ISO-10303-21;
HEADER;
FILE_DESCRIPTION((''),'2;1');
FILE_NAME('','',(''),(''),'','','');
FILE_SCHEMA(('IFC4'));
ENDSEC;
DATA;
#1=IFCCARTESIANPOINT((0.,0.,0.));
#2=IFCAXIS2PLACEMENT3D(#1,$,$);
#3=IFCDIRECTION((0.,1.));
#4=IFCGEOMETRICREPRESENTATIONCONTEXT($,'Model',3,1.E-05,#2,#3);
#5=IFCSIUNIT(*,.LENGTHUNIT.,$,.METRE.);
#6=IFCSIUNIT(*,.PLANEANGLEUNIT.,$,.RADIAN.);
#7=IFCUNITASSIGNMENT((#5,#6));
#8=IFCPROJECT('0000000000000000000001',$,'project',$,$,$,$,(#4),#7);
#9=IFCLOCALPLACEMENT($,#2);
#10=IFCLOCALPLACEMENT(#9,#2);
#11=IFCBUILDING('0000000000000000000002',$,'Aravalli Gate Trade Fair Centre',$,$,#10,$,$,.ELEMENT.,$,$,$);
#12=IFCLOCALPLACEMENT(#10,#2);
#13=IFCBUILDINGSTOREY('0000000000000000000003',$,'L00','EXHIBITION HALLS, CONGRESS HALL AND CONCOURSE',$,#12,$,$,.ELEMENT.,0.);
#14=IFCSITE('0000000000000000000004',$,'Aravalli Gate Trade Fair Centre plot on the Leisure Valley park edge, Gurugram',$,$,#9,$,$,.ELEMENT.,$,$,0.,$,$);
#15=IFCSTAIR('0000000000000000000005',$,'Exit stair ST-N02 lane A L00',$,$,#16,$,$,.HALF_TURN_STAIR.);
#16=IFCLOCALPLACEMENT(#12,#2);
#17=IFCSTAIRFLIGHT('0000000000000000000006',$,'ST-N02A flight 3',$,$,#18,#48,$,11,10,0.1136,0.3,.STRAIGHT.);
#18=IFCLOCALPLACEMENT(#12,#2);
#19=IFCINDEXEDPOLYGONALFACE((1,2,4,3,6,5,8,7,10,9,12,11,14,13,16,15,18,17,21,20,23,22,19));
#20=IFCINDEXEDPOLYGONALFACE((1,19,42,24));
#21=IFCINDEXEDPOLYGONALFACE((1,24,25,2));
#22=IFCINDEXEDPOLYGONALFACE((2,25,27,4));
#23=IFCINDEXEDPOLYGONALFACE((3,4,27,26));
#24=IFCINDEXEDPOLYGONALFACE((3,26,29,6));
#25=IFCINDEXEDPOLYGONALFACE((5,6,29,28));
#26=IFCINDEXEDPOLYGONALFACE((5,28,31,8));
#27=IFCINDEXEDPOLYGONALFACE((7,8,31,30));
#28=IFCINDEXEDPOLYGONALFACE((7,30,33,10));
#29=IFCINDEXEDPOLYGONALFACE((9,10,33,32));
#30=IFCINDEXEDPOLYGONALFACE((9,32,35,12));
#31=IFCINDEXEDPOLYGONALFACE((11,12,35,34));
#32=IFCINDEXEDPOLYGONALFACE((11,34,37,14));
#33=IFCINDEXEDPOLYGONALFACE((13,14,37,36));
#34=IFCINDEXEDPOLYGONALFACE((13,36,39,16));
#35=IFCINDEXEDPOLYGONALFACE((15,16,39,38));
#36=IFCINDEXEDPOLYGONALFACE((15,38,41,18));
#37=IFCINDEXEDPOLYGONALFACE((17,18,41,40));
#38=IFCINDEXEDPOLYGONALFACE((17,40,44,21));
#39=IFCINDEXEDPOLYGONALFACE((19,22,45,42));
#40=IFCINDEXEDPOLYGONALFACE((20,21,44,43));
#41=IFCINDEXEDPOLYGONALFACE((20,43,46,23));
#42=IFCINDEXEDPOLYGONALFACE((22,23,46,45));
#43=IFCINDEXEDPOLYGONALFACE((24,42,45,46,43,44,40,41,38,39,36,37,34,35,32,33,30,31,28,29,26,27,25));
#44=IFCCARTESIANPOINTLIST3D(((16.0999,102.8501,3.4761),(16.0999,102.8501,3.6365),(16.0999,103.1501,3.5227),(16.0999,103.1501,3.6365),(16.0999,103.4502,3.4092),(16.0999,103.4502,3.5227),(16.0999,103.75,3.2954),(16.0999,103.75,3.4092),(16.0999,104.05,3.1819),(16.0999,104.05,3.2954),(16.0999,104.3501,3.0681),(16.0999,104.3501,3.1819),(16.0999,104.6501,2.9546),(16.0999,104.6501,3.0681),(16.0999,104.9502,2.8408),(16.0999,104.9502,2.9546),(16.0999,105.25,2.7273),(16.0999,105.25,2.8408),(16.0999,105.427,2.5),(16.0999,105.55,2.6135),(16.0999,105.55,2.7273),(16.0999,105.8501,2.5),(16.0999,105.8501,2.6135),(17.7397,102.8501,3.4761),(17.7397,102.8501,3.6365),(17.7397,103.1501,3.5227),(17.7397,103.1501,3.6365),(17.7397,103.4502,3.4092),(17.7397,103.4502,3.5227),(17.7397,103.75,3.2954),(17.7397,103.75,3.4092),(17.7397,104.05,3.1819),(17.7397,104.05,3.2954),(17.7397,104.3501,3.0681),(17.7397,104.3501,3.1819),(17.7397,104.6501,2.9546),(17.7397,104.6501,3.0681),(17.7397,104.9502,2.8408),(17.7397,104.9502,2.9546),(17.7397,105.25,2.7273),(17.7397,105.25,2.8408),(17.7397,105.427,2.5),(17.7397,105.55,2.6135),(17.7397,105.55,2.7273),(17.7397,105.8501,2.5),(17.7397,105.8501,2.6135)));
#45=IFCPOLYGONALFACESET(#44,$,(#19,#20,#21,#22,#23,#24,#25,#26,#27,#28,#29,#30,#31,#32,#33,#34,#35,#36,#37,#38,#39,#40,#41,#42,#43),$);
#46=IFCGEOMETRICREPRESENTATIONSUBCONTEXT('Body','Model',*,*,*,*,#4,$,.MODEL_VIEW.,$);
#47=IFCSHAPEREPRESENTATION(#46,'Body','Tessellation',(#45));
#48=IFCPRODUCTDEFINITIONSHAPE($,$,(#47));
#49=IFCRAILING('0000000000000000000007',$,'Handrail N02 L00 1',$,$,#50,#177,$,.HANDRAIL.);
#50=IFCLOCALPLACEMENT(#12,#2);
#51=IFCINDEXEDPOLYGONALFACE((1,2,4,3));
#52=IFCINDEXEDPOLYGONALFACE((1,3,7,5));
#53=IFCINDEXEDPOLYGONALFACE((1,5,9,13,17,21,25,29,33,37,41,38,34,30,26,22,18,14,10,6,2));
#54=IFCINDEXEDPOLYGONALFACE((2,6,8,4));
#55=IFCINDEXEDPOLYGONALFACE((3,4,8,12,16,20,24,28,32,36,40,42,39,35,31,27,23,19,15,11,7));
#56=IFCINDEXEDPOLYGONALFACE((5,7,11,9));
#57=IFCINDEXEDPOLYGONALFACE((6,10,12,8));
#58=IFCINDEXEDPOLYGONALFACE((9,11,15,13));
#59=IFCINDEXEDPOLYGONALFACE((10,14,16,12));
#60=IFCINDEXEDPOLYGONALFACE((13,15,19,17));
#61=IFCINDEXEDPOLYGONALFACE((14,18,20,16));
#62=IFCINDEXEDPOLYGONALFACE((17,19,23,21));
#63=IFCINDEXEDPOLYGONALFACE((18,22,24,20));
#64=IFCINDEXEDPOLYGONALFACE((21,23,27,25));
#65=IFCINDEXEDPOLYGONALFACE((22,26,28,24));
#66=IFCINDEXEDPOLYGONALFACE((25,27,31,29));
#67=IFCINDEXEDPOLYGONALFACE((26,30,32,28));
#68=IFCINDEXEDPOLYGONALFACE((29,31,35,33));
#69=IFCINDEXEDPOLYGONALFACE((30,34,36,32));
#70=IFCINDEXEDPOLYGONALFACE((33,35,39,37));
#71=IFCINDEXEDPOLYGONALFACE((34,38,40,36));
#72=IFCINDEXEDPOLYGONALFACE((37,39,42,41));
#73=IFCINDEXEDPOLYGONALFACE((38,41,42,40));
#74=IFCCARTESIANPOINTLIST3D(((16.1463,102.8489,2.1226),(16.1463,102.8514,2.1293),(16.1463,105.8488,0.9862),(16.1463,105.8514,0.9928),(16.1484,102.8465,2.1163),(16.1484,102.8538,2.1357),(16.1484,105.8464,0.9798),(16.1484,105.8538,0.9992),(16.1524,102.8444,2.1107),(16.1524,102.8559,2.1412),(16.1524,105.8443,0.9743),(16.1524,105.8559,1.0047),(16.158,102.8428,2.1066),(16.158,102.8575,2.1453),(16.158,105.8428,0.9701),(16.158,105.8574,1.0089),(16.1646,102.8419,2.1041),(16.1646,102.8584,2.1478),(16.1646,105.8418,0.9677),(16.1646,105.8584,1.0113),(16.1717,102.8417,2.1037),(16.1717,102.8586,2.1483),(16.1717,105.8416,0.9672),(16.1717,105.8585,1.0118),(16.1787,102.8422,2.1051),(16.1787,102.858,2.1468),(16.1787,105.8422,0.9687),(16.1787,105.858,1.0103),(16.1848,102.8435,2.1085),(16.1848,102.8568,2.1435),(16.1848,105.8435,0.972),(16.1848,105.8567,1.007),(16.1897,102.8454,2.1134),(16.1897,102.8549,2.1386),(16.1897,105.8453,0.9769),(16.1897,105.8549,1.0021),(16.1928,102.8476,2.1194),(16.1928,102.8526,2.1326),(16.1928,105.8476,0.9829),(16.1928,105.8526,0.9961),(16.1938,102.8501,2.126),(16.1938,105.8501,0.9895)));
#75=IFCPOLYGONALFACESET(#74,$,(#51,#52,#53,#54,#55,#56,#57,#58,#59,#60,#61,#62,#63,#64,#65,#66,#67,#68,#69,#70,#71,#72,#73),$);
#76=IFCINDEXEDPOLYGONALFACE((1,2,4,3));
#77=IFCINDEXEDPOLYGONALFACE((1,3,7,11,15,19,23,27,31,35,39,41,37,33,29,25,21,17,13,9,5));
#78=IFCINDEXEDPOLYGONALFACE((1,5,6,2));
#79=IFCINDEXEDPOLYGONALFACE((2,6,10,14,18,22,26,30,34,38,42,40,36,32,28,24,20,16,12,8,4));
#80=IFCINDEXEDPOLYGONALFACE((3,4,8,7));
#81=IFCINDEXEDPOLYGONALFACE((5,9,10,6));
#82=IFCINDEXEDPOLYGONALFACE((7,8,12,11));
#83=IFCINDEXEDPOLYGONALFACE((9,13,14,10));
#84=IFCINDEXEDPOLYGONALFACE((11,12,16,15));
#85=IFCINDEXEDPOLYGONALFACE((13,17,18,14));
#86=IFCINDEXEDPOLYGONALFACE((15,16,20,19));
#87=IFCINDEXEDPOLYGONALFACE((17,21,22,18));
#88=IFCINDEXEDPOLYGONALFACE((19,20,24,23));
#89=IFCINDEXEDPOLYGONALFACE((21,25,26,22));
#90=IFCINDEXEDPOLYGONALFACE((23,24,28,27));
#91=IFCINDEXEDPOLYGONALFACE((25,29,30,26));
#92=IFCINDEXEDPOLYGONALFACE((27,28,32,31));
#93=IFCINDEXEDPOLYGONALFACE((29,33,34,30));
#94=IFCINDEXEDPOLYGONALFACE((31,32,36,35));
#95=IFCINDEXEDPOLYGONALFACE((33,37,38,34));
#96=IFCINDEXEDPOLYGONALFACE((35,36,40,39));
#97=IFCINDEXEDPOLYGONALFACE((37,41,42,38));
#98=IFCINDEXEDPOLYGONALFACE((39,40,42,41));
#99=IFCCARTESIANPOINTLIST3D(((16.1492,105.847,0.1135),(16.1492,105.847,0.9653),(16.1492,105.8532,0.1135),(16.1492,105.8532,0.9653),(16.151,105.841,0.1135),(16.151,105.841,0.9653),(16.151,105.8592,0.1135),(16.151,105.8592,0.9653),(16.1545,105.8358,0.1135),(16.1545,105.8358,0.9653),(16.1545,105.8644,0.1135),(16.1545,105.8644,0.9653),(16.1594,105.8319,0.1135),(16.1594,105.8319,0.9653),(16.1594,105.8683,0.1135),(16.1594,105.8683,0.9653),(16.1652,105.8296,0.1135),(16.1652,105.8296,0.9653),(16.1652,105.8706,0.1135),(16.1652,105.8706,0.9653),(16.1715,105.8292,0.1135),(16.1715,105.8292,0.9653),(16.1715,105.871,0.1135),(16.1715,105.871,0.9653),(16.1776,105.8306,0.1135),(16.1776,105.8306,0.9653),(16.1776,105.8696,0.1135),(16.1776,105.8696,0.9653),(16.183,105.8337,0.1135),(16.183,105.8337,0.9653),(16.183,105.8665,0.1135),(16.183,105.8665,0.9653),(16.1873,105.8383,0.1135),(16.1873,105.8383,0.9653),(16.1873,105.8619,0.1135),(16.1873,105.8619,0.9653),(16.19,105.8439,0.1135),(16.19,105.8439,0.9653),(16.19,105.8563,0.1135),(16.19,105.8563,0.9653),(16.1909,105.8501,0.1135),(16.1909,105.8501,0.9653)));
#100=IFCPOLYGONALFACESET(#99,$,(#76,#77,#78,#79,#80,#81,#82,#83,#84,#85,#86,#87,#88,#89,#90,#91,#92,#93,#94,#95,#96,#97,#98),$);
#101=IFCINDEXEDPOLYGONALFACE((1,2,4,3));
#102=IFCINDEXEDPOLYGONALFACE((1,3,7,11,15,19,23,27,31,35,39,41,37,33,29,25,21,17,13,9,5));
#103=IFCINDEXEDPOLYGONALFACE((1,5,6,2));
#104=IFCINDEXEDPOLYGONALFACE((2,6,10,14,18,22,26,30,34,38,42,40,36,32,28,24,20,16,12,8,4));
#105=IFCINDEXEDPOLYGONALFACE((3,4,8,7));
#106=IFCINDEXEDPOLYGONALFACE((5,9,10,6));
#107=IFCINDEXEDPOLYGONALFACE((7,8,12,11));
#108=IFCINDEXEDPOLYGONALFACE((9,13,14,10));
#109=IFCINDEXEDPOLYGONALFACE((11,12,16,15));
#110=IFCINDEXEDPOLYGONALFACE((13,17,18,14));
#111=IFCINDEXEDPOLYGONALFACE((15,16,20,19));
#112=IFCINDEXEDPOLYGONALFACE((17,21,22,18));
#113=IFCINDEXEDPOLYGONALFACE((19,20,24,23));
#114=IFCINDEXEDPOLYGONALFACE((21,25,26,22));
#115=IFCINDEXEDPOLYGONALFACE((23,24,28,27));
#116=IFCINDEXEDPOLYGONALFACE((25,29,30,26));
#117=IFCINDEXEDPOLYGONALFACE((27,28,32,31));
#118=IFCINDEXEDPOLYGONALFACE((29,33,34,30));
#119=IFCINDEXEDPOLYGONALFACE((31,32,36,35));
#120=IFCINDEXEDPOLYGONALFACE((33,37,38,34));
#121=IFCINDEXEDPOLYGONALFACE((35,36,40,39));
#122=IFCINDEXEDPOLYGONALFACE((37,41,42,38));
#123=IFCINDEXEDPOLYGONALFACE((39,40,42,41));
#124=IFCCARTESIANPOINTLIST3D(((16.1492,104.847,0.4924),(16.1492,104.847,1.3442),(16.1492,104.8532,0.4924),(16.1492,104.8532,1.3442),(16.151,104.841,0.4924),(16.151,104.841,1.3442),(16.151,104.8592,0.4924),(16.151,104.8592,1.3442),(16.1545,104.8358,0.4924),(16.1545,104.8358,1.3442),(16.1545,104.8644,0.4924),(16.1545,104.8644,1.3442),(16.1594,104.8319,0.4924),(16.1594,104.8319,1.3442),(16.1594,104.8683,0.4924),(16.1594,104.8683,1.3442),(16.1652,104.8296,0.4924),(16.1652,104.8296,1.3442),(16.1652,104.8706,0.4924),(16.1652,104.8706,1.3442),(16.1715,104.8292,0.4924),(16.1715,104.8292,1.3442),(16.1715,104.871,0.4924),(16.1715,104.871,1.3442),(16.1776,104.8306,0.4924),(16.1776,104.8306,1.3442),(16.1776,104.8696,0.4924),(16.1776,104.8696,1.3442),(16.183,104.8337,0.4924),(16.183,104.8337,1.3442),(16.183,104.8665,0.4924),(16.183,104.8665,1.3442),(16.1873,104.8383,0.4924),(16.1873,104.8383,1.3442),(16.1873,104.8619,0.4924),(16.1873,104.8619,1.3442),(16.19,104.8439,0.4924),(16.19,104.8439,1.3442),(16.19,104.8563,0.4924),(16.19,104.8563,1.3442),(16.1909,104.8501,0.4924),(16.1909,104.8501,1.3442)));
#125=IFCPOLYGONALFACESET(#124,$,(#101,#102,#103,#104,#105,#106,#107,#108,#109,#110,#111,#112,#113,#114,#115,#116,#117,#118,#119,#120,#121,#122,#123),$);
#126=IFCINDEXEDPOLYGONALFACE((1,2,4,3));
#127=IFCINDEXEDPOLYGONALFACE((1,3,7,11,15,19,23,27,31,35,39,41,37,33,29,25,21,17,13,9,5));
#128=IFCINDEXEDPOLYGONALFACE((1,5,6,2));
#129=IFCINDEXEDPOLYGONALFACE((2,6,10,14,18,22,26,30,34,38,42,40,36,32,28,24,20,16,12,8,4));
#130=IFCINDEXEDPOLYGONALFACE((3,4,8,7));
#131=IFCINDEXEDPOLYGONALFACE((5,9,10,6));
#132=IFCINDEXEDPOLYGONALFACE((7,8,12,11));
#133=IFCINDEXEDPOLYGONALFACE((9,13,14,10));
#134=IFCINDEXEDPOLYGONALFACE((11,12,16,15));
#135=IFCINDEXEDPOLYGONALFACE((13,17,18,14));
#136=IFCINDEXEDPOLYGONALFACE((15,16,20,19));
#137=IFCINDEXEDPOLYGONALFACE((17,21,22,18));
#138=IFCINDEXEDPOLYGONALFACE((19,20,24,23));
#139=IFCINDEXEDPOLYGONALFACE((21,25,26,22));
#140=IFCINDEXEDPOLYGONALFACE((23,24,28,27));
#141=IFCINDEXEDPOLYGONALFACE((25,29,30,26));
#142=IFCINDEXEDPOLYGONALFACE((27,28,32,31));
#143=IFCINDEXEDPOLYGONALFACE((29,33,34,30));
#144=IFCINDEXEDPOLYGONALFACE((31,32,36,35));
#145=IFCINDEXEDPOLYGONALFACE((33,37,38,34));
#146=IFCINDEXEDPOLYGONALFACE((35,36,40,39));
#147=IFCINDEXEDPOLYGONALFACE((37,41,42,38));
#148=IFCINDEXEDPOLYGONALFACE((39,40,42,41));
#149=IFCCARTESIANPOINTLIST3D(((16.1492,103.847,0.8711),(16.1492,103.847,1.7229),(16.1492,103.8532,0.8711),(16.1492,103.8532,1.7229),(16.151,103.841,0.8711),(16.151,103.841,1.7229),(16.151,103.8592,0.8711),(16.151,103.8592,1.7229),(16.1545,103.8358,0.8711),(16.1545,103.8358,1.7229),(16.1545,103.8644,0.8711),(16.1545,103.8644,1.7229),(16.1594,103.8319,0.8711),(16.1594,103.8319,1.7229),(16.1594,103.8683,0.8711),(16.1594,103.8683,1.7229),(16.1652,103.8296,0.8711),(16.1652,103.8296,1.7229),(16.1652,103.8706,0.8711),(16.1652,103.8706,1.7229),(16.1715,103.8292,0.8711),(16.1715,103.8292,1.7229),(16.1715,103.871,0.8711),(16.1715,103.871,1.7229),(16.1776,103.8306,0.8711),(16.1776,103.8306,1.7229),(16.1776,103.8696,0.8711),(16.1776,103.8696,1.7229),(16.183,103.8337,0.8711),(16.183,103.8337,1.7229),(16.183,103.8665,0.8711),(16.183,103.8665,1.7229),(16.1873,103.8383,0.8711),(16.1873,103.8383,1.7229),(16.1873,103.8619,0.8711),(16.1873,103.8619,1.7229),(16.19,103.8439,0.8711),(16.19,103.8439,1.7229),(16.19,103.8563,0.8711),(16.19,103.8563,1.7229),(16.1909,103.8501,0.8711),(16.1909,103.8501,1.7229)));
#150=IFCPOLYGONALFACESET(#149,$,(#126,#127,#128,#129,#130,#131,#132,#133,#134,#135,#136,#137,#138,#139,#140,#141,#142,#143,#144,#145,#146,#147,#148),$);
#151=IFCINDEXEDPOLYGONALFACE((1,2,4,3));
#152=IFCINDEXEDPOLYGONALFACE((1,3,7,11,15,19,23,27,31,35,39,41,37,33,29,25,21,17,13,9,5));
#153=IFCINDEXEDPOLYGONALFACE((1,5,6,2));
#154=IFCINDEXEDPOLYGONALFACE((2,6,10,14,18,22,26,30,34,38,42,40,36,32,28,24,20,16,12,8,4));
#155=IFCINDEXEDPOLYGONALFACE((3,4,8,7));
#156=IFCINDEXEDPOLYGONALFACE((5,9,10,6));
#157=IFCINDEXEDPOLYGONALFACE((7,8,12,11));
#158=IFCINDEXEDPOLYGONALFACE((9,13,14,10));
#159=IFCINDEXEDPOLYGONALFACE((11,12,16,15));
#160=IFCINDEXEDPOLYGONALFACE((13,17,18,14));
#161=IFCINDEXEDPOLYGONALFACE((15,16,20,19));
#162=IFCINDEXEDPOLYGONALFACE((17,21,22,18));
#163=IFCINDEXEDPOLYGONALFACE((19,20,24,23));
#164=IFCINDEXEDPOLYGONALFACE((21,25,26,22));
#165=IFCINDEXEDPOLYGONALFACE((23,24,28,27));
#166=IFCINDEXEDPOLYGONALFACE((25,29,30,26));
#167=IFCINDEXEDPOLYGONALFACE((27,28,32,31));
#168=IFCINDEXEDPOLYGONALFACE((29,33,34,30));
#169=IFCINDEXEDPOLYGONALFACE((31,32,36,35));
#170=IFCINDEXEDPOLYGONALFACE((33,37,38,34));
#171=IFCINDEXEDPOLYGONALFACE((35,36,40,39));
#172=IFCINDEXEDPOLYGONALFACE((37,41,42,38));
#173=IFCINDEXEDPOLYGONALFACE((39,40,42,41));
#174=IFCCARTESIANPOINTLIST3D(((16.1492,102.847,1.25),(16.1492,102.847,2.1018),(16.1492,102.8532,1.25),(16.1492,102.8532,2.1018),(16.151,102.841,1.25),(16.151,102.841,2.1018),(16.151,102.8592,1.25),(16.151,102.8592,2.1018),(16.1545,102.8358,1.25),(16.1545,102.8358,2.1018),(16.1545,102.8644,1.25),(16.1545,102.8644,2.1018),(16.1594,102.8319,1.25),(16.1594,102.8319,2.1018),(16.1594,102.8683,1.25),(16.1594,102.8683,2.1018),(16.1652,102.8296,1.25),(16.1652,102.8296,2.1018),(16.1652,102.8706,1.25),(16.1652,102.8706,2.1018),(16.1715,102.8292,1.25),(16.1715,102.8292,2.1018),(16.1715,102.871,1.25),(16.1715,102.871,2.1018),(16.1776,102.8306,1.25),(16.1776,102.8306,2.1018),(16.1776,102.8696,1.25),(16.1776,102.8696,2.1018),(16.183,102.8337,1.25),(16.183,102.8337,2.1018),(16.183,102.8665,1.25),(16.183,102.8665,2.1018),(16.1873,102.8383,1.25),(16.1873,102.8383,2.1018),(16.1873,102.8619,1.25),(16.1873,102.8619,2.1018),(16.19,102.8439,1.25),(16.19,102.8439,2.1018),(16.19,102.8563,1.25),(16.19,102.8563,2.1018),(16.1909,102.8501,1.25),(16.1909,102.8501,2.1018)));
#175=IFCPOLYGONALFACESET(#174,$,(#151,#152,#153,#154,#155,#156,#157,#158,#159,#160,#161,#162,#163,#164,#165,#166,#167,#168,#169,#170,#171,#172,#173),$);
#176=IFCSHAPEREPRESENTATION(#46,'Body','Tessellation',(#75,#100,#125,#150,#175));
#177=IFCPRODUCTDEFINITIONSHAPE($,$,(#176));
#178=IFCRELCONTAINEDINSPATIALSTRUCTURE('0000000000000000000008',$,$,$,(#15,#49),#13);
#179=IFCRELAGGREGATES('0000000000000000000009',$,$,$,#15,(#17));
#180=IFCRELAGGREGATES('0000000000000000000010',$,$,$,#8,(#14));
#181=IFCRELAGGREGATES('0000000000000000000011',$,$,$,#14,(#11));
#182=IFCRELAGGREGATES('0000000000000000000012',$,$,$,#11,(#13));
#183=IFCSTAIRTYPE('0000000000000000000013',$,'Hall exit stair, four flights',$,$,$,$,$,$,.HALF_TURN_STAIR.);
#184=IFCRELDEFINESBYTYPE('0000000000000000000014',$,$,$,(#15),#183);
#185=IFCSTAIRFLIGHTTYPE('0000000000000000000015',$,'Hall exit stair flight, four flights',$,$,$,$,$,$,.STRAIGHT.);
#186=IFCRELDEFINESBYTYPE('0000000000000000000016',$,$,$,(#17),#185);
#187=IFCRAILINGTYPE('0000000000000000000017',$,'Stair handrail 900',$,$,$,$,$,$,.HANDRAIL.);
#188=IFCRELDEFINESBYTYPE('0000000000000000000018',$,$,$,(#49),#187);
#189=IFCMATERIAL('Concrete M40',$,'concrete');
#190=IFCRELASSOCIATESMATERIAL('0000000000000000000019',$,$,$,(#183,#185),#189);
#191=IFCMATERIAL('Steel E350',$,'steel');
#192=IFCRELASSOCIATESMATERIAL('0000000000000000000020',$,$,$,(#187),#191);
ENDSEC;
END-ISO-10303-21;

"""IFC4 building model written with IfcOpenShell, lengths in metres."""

from ifc_helpers import new_model, si_unit, direction, frame, origin, origin_2d, place, context, subcontext, project, spatial, polyline, circle, outline, extrude, material, type_object, element, aggregate, save


model = new_model("IFC4")

# Units and contexts
model_context = context("Model", 3, precision=1e-05, world=origin(), true_north=direction((0.0, 1.0)))
body_context = subcontext(model_context, "Body", "Model", "MODEL_VIEW")
ifc_project = project(units=[si_unit("LENGTHUNIT", "METRE"), si_unit("PLANEANGLEUNIT", "RADIAN")], contexts=[model_context])

# Site, building, storey
site_placement = place(None, origin())
site = spatial("IfcSite", under=ifc_project, at=site_placement, Name="Aravalli Gate Trade Fair Centre plot on the Leisure Valley park edge, Gurugram", CompositionType="ELEMENT", RefElevation=0.0)
building_placement = place(site_placement, origin())
building = spatial("IfcBuilding", under=site, at=building_placement, Name="Aravalli Gate Trade Fair Centre", CompositionType="ELEMENT")
storey_placement = place(building_placement, origin())
storey = spatial("IfcBuildingStorey", under=building, at=storey_placement, Name="L00", Description="EXHIBITION HALLS, CONGRESS HALL AND CONCOURSE", CompositionType="ELEMENT", Elevation=0.0)

# Shared definitions
ifc_material_1 = material(Name="Concrete M40", Category="concrete")

# Stair, stair flight
stair_type = type_object("IfcStairType", Name="Hall exit stair, four flights", PredefinedType="HALF_TURN_STAIR", material=ifc_material_1)
stair_placement = place(storey_placement, origin())
stair = element("IfcStair", 1, at=stair_placement, inside=storey, type_object=stair_type, Name="Exit stair ST-N02 lane A L00", PredefinedType="HALF_TURN_STAIR")
stair_flight_type = type_object("IfcStairFlightType", Name="Hall exit stair flight, four flights", PredefinedType="STRAIGHT", material=ifc_material_1)
stair_flight_1_placement = place(storey_placement, frame((16.9199, 105.8501, 2.5), z_axis=(0.0, 0.0, 1.0), x_axis=(0.0, -1.0, 0.0)))
stair_flight_1 = element("IfcStairFlight", 2, at=stair_flight_1_placement, type_object=stair_flight_type, Name="ST-N02A flight 3", NumberOfRisers=11, NumberOfTreads=10, PredefinedType="STRAIGHT", RiserHeight=0.1136, TreadLength=0.3, context=body_context, shape_type="SweptSolid", body=[
    extrude(outline(polyline([(0.0, 0.0), (0.0, 0.1135), (0.3, 0.1135), (0.3, 0.2273), (0.6001, 0.2273), (0.6001, 0.3408), (0.8999, 0.3408), (0.8999, 0.4546), (1.2, 0.4546), (1.2, 0.5681), (1.5, 0.5681), (1.5, 0.6819), (1.8, 0.6819), (1.8, 0.7954), (2.1001, 0.7954), (2.1001, 0.9092), (2.3999, 0.9092), (2.3999, 1.0227), (2.7, 1.0227), (2.7, 1.1365), (3.0, 1.1365), (3.0, 1.25), (3.0, 0.9761), (0.4231, 0.0), (0.0, 0.0)])), frame((0.0, 0.8198, 0.0), z_axis=(0.0, -1.0, 0.0), x_axis=(1.0, 0.0, 0.0)), (0.0, 0.0, 1.0), 1.6399),
])
aggregate(stair, [stair_flight_1])

# Railing
ifc_material_2 = material(Name="Steel E350", Category="steel")
railing_type = type_object("IfcRailingType", Name="Stair handrail 900", PredefinedType="HANDRAIL", material=ifc_material_2)
for number, where, name in (
    (3, (16.1699, 105.8501, 0.1135), "Handrail N02 L00 1"),
):
    element("IfcRailing", number, at=place(storey_placement, frame(where)), inside=storey, type_object=railing_type, Name=name, PredefinedType="HANDRAIL", context=body_context, shape_type="SweptSolid", body=[
        extrude(circle(Radius=0.0239, at=origin_2d()), frame((0.0, 0.0, 0.876), z_axis=(0.0, -0.935148, 0.354257), x_axis=(1.0, 0.0, 0.0)), (0.0, 0.0, 1.0), 3.208),
        extrude(circle(Radius=0.021, at=origin_2d()), origin(), (0.0, 0.0, 1.0), 0.8518),
        extrude(circle(Radius=0.021, at=origin_2d()), frame((0.0, -1.0, 0.3789)), (0.0, 0.0, 1.0), 0.8518),
        extrude(circle(Radius=0.021, at=origin_2d()), frame((0.0, -2.0, 0.7576)), (0.0, 0.0, 1.0), 0.8518),
        extrude(circle(Radius=0.021, at=origin_2d()), frame((0.0, -3.0, 1.1365)), (0.0, 0.0, 1.0), 0.8518),
    ])

save(model, "model.ifc")
